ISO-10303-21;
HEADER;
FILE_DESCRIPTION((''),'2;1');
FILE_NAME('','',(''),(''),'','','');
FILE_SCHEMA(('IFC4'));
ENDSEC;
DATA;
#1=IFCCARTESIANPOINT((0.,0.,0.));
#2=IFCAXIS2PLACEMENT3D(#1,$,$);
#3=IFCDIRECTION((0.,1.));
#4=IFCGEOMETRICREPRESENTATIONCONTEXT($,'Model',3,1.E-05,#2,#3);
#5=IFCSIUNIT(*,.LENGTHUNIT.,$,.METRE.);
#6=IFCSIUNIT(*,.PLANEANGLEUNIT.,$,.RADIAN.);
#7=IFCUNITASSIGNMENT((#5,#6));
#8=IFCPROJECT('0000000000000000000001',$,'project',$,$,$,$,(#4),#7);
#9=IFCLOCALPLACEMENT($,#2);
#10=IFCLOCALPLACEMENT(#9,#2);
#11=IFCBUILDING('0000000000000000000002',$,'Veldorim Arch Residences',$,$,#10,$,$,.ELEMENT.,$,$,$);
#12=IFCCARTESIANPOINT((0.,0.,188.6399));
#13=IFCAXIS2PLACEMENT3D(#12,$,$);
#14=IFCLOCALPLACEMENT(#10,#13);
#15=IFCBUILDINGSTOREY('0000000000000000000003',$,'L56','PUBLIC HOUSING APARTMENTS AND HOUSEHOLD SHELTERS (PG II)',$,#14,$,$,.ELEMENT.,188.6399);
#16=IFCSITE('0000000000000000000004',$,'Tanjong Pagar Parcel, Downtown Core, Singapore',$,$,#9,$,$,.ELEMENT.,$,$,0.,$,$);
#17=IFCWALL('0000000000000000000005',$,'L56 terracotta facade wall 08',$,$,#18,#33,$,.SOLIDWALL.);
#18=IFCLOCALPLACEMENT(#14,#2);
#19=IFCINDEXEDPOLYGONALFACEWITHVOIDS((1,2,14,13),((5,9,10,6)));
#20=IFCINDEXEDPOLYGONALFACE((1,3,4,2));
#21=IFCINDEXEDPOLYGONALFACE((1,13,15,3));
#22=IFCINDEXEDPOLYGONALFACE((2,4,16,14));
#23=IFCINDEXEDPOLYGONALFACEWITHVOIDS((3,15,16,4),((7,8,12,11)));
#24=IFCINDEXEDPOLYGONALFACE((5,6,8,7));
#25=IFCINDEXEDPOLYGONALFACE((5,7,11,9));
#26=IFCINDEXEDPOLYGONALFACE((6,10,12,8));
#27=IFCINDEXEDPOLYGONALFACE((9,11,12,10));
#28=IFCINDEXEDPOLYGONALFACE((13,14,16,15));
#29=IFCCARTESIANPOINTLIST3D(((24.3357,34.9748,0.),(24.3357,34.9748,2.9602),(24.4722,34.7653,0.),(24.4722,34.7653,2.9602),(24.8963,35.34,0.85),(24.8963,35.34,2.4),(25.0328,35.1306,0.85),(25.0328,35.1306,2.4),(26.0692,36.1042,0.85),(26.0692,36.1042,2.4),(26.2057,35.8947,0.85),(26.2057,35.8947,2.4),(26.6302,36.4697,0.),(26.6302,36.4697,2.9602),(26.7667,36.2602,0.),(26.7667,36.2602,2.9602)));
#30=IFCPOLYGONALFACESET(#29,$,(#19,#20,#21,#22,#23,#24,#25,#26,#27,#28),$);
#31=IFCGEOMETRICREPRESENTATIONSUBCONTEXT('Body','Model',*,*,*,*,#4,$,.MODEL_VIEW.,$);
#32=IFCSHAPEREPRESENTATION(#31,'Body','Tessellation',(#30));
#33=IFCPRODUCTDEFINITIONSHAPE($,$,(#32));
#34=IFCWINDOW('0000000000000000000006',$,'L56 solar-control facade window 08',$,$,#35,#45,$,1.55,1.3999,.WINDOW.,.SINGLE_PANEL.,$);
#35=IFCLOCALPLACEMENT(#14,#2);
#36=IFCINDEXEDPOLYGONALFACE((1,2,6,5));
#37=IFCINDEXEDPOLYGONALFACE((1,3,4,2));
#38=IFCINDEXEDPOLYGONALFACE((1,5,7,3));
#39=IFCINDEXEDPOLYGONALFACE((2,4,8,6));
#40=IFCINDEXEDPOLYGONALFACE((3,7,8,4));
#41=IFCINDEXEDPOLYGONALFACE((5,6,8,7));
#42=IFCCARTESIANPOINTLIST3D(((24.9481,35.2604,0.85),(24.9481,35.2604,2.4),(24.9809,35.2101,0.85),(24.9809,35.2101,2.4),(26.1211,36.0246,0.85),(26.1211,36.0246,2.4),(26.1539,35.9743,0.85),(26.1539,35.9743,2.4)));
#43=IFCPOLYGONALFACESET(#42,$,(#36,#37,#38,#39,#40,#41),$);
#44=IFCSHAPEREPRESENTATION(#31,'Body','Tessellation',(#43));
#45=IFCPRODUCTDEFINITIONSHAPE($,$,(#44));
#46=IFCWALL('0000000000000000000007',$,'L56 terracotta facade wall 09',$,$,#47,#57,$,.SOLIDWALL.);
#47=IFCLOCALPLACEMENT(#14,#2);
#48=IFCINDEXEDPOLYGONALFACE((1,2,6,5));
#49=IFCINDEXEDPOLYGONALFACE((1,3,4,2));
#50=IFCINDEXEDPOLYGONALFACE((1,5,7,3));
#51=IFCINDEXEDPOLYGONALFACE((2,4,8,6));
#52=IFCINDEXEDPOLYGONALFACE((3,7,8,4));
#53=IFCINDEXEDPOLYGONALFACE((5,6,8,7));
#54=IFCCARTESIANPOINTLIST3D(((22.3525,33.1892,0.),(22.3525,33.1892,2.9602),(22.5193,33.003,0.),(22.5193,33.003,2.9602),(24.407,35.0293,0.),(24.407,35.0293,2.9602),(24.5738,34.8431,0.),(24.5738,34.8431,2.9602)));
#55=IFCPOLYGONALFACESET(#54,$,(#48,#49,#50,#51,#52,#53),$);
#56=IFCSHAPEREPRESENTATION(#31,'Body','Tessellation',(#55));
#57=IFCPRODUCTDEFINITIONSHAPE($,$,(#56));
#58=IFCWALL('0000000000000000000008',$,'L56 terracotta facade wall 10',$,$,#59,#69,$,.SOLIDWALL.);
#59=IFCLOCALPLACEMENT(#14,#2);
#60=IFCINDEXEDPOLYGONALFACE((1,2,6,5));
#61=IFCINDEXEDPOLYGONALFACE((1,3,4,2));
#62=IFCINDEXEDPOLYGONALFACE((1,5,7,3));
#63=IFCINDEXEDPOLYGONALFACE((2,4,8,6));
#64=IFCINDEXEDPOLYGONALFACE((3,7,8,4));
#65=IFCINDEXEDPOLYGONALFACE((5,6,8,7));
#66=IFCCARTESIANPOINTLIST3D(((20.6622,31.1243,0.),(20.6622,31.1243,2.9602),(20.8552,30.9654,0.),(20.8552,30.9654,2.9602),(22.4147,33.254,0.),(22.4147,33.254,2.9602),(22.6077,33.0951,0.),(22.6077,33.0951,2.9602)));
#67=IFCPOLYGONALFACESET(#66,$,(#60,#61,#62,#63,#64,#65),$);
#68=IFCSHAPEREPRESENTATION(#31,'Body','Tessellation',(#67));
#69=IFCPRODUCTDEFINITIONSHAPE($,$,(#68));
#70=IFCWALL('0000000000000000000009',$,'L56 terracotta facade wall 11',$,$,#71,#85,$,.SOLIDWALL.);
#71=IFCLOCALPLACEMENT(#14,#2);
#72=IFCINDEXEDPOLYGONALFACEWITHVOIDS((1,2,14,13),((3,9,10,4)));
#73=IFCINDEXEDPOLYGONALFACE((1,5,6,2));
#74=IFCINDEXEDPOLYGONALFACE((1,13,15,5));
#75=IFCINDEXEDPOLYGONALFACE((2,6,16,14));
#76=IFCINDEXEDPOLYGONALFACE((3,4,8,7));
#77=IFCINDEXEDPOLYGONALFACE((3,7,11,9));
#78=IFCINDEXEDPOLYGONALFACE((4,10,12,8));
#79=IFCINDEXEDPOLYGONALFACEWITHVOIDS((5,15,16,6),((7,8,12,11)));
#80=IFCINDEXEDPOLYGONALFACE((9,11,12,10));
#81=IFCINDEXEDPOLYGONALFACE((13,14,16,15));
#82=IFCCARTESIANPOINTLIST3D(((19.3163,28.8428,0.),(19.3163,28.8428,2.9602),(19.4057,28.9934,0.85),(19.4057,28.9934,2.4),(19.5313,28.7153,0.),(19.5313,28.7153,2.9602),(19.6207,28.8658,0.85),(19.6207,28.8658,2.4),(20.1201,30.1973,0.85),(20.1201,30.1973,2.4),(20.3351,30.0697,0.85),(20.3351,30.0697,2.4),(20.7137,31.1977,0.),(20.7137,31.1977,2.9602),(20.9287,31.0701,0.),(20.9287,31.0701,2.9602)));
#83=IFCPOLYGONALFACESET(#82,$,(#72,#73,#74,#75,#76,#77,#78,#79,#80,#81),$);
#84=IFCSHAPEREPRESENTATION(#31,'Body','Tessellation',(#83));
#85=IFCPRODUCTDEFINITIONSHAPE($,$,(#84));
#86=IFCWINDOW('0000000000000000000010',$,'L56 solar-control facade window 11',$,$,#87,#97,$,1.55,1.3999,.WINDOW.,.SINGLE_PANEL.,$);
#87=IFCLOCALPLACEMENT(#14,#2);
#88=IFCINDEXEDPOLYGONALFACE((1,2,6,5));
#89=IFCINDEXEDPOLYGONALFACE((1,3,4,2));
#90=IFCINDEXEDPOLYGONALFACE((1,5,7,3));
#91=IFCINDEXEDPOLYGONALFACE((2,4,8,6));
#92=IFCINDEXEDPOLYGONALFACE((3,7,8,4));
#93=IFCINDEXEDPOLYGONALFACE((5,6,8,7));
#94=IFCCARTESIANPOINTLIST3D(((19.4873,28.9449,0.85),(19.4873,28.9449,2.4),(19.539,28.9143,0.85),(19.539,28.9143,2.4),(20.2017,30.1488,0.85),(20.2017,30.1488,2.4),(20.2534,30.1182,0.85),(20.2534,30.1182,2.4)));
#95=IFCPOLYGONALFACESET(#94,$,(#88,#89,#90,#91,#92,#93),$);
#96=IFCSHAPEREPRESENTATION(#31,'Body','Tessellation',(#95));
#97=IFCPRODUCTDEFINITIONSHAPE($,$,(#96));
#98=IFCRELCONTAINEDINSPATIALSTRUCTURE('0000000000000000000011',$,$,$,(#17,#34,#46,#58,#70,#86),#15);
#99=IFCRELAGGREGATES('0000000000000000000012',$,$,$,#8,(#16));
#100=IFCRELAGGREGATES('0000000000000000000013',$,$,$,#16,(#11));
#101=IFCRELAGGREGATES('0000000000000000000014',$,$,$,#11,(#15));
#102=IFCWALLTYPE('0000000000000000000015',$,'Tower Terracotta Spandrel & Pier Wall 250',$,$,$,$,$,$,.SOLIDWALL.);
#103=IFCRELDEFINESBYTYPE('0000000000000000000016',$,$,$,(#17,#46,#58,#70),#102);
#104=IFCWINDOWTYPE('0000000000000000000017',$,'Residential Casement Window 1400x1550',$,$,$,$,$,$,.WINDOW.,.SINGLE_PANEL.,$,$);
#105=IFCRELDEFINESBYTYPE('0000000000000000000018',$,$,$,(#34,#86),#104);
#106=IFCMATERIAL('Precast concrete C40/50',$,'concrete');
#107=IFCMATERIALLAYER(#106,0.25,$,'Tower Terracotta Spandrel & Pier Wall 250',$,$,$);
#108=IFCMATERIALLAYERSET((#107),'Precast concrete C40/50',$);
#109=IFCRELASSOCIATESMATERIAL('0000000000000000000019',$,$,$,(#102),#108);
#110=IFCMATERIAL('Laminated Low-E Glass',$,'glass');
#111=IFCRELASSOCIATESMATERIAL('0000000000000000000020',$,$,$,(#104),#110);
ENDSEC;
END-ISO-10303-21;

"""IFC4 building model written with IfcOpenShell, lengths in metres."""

from ifc_helpers import new_model, si_unit, direction, frame, frame_2d, origin, place, context, subcontext, project, spatial, rectangle, extrude, material, layer, layer_set, type_object, element, fill, save


model = new_model("IFC4")

# Units and contexts
model_context = context("Model", 3, precision=1e-05, world=origin(), true_north=direction((0.0, 1.0)))
body_context = subcontext(model_context, "Body", "Model", "MODEL_VIEW")
ifc_project = project(units=[si_unit("LENGTHUNIT", "METRE"), si_unit("PLANEANGLEUNIT", "RADIAN")], contexts=[model_context])

# Site, building, storey
site_placement = place(None, origin())
site = spatial("IfcSite", under=ifc_project, at=site_placement, Name="Tanjong Pagar Parcel, Downtown Core, Singapore", CompositionType="ELEMENT", RefElevation=0.0)
building_placement = place(site_placement, origin())
building = spatial("IfcBuilding", under=site, at=building_placement, Name="Veldorim Arch Residences", CompositionType="ELEMENT")
storey_placement = place(building_placement, frame((0.0, 0.0, 188.6399)))
storey = spatial("IfcBuildingStorey", under=building, at=storey_placement, Name="L56", Description="PUBLIC HOUSING APARTMENTS AND HOUSEHOLD SHELTERS (PG II)", CompositionType="ELEMENT", Elevation=188.6399)

# Wall, opening, window
ifc_material_1 = material(Name="Precast concrete C40/50", Category="concrete")
ifc_layer_1 = layer(ifc_material_1, 0.25, Name="Tower Terracotta Spandrel & Pier Wall 250")
ifc_layer_set_1 = layer_set([ifc_layer_1], Name="Precast concrete C40/50")
wall_type_1 = type_object("IfcWallType", Name="Tower Terracotta Spandrel & Pier Wall 250", PredefinedType="SOLIDWALL", material=ifc_layer_set_1)
wall_1_placement = place(storey_placement, frame((24.4041, 34.8701, 0.0), z_axis=(0.0, 0.0, 1.0), x_axis=(0.837861, 0.545884, 0.0)))
wall_1 = element("IfcWall", 1, at=wall_1_placement, inside=storey, type_object=wall_type_1, Name="L56 terracotta facade wall 08", PredefinedType="SOLIDWALL", context=body_context, shape_type="SweptSolid", body=[
    extrude(rectangle(XDim=2.7385, YDim=0.25, at=frame_2d((1.3691, 0.0))), origin(), (0.0, 0.0, 1.0), 2.9602),
])
opening_1_placement = place(wall_1_placement, frame((0.6689, 0.0, 0.8501)))
opening_1 = element("IfcOpeningElement", 2, at=opening_1_placement, cuts=wall_1, PredefinedType="OPENING", context=body_context, shape_type="SweptSolid", body=[
    extrude(rectangle(XDim=1.3999, YDim=1.55, at=frame_2d((0.7, 0.7749))), frame((0.0, 0.135, 0.0), z_axis=(0.0, -1.0, 0.0), x_axis=(1.0, 0.0, 0.0)), (0.0, 0.0, 1.0), 0.27),
])
ifc_material_2 = material(Name="Laminated Low-E Glass", Category="glass")
window_type_1 = type_object("IfcWindowType", Name="Residential Casement Window 1400x1550", PartitioningType="SINGLE_PANEL", PredefinedType="WINDOW", material=ifc_material_2)
window_1_placement = place(opening_1_placement, origin())
window_1 = element("IfcWindow", 3, at=window_1_placement, inside=storey, type_object=window_type_1, Name="L56 solar-control facade window 08", OverallHeight=1.55, OverallWidth=1.3999, PartitioningType="SINGLE_PANEL", PredefinedType="WINDOW", context=body_context, shape_type="SweptSolid", body=[
    extrude(rectangle(XDim=1.3999, YDim=1.55, at=frame_2d((0.7, 0.7749))), frame((0.0, 0.03, 0.0), z_axis=(0.0, -1.0, 0.0), x_axis=(1.0, 0.0, 0.0)), (0.0, 0.0, 1.0), 0.0601),
])
fill(opening_1, window_1)

# Walls
for number, where, z_axis, x_axis, name in (
    (4, (22.436, 33.0962, 0.0), (0.0, 0.0, 1.0), (0.744899, 0.667178, 0.0), "L56 terracotta facade wall 09"),
    (5, (20.7588, 31.0449, 0.0), (0.0, 0.0, 1.0), (0.635409, 0.772175, 0.0), "L56 terracotta facade wall 10"),
):
    element("IfcWall", number, at=place(storey_placement, frame(where, z_axis=z_axis, x_axis=x_axis)), inside=storey, type_object=wall_type_1, Name=name, PredefinedType="SOLIDWALL", context=body_context, shape_type="SweptSolid", body=[
        extrude(rectangle(XDim=2.7581, YDim=0.25, at=frame_2d((1.3789, 0.0))), origin(), (0.0, 0.0, 1.0), 2.9602),
    ])

# Wall, opening, window
wall_2_placement = place(storey_placement, frame((19.4238, 28.7791, 0.0), z_axis=(0.0, 0.0, 1.0), x_axis=(0.51032, 0.859984, 0.0)))
wall_2 = element("IfcWall", 6, at=wall_2_placement, inside=storey, type_object=wall_type_1, Name="L56 terracotta facade wall 11", PredefinedType="SOLIDWALL", context=body_context, shape_type="SweptSolid", body=[
    extrude(rectangle(XDim=2.7383, YDim=0.25, at=frame_2d((1.3691, 0.0))), origin(), (0.0, 0.0, 1.0), 2.9602),
])
opening_2_placement = place(wall_2_placement, frame((0.175, 0.0, 0.8501)))
opening_2 = element("IfcOpeningElement", 7, at=opening_2_placement, cuts=wall_2, PredefinedType="OPENING", context=body_context, shape_type="SweptSolid", body=[
    extrude(rectangle(XDim=1.3999, YDim=1.55, at=frame_2d((0.7, 0.7749))), frame((0.0, 0.135, 0.0), z_axis=(0.0, -1.0, 0.0), x_axis=(1.0, 0.0, 0.0)), (0.0, 0.0, 1.0), 0.27),
])
window_2_placement = place(opening_2_placement, origin())
window_2 = element("IfcWindow", 8, at=window_2_placement, inside=storey, type_object=window_type_1, Name="L56 solar-control facade window 11", OverallHeight=1.55, OverallWidth=1.3999, PartitioningType="SINGLE_PANEL", PredefinedType="WINDOW", context=body_context, shape_type="SweptSolid", body=[
    extrude(rectangle(XDim=1.3999, YDim=1.55, at=frame_2d((0.7, 0.7749))), frame((0.0, 0.03, 0.0), z_axis=(0.0, -1.0, 0.0), x_axis=(1.0, 0.0, 0.0)), (0.0, 0.0, 1.0), 0.0601),
])
fill(opening_2, window_2)

save(model, "model.ifc")
